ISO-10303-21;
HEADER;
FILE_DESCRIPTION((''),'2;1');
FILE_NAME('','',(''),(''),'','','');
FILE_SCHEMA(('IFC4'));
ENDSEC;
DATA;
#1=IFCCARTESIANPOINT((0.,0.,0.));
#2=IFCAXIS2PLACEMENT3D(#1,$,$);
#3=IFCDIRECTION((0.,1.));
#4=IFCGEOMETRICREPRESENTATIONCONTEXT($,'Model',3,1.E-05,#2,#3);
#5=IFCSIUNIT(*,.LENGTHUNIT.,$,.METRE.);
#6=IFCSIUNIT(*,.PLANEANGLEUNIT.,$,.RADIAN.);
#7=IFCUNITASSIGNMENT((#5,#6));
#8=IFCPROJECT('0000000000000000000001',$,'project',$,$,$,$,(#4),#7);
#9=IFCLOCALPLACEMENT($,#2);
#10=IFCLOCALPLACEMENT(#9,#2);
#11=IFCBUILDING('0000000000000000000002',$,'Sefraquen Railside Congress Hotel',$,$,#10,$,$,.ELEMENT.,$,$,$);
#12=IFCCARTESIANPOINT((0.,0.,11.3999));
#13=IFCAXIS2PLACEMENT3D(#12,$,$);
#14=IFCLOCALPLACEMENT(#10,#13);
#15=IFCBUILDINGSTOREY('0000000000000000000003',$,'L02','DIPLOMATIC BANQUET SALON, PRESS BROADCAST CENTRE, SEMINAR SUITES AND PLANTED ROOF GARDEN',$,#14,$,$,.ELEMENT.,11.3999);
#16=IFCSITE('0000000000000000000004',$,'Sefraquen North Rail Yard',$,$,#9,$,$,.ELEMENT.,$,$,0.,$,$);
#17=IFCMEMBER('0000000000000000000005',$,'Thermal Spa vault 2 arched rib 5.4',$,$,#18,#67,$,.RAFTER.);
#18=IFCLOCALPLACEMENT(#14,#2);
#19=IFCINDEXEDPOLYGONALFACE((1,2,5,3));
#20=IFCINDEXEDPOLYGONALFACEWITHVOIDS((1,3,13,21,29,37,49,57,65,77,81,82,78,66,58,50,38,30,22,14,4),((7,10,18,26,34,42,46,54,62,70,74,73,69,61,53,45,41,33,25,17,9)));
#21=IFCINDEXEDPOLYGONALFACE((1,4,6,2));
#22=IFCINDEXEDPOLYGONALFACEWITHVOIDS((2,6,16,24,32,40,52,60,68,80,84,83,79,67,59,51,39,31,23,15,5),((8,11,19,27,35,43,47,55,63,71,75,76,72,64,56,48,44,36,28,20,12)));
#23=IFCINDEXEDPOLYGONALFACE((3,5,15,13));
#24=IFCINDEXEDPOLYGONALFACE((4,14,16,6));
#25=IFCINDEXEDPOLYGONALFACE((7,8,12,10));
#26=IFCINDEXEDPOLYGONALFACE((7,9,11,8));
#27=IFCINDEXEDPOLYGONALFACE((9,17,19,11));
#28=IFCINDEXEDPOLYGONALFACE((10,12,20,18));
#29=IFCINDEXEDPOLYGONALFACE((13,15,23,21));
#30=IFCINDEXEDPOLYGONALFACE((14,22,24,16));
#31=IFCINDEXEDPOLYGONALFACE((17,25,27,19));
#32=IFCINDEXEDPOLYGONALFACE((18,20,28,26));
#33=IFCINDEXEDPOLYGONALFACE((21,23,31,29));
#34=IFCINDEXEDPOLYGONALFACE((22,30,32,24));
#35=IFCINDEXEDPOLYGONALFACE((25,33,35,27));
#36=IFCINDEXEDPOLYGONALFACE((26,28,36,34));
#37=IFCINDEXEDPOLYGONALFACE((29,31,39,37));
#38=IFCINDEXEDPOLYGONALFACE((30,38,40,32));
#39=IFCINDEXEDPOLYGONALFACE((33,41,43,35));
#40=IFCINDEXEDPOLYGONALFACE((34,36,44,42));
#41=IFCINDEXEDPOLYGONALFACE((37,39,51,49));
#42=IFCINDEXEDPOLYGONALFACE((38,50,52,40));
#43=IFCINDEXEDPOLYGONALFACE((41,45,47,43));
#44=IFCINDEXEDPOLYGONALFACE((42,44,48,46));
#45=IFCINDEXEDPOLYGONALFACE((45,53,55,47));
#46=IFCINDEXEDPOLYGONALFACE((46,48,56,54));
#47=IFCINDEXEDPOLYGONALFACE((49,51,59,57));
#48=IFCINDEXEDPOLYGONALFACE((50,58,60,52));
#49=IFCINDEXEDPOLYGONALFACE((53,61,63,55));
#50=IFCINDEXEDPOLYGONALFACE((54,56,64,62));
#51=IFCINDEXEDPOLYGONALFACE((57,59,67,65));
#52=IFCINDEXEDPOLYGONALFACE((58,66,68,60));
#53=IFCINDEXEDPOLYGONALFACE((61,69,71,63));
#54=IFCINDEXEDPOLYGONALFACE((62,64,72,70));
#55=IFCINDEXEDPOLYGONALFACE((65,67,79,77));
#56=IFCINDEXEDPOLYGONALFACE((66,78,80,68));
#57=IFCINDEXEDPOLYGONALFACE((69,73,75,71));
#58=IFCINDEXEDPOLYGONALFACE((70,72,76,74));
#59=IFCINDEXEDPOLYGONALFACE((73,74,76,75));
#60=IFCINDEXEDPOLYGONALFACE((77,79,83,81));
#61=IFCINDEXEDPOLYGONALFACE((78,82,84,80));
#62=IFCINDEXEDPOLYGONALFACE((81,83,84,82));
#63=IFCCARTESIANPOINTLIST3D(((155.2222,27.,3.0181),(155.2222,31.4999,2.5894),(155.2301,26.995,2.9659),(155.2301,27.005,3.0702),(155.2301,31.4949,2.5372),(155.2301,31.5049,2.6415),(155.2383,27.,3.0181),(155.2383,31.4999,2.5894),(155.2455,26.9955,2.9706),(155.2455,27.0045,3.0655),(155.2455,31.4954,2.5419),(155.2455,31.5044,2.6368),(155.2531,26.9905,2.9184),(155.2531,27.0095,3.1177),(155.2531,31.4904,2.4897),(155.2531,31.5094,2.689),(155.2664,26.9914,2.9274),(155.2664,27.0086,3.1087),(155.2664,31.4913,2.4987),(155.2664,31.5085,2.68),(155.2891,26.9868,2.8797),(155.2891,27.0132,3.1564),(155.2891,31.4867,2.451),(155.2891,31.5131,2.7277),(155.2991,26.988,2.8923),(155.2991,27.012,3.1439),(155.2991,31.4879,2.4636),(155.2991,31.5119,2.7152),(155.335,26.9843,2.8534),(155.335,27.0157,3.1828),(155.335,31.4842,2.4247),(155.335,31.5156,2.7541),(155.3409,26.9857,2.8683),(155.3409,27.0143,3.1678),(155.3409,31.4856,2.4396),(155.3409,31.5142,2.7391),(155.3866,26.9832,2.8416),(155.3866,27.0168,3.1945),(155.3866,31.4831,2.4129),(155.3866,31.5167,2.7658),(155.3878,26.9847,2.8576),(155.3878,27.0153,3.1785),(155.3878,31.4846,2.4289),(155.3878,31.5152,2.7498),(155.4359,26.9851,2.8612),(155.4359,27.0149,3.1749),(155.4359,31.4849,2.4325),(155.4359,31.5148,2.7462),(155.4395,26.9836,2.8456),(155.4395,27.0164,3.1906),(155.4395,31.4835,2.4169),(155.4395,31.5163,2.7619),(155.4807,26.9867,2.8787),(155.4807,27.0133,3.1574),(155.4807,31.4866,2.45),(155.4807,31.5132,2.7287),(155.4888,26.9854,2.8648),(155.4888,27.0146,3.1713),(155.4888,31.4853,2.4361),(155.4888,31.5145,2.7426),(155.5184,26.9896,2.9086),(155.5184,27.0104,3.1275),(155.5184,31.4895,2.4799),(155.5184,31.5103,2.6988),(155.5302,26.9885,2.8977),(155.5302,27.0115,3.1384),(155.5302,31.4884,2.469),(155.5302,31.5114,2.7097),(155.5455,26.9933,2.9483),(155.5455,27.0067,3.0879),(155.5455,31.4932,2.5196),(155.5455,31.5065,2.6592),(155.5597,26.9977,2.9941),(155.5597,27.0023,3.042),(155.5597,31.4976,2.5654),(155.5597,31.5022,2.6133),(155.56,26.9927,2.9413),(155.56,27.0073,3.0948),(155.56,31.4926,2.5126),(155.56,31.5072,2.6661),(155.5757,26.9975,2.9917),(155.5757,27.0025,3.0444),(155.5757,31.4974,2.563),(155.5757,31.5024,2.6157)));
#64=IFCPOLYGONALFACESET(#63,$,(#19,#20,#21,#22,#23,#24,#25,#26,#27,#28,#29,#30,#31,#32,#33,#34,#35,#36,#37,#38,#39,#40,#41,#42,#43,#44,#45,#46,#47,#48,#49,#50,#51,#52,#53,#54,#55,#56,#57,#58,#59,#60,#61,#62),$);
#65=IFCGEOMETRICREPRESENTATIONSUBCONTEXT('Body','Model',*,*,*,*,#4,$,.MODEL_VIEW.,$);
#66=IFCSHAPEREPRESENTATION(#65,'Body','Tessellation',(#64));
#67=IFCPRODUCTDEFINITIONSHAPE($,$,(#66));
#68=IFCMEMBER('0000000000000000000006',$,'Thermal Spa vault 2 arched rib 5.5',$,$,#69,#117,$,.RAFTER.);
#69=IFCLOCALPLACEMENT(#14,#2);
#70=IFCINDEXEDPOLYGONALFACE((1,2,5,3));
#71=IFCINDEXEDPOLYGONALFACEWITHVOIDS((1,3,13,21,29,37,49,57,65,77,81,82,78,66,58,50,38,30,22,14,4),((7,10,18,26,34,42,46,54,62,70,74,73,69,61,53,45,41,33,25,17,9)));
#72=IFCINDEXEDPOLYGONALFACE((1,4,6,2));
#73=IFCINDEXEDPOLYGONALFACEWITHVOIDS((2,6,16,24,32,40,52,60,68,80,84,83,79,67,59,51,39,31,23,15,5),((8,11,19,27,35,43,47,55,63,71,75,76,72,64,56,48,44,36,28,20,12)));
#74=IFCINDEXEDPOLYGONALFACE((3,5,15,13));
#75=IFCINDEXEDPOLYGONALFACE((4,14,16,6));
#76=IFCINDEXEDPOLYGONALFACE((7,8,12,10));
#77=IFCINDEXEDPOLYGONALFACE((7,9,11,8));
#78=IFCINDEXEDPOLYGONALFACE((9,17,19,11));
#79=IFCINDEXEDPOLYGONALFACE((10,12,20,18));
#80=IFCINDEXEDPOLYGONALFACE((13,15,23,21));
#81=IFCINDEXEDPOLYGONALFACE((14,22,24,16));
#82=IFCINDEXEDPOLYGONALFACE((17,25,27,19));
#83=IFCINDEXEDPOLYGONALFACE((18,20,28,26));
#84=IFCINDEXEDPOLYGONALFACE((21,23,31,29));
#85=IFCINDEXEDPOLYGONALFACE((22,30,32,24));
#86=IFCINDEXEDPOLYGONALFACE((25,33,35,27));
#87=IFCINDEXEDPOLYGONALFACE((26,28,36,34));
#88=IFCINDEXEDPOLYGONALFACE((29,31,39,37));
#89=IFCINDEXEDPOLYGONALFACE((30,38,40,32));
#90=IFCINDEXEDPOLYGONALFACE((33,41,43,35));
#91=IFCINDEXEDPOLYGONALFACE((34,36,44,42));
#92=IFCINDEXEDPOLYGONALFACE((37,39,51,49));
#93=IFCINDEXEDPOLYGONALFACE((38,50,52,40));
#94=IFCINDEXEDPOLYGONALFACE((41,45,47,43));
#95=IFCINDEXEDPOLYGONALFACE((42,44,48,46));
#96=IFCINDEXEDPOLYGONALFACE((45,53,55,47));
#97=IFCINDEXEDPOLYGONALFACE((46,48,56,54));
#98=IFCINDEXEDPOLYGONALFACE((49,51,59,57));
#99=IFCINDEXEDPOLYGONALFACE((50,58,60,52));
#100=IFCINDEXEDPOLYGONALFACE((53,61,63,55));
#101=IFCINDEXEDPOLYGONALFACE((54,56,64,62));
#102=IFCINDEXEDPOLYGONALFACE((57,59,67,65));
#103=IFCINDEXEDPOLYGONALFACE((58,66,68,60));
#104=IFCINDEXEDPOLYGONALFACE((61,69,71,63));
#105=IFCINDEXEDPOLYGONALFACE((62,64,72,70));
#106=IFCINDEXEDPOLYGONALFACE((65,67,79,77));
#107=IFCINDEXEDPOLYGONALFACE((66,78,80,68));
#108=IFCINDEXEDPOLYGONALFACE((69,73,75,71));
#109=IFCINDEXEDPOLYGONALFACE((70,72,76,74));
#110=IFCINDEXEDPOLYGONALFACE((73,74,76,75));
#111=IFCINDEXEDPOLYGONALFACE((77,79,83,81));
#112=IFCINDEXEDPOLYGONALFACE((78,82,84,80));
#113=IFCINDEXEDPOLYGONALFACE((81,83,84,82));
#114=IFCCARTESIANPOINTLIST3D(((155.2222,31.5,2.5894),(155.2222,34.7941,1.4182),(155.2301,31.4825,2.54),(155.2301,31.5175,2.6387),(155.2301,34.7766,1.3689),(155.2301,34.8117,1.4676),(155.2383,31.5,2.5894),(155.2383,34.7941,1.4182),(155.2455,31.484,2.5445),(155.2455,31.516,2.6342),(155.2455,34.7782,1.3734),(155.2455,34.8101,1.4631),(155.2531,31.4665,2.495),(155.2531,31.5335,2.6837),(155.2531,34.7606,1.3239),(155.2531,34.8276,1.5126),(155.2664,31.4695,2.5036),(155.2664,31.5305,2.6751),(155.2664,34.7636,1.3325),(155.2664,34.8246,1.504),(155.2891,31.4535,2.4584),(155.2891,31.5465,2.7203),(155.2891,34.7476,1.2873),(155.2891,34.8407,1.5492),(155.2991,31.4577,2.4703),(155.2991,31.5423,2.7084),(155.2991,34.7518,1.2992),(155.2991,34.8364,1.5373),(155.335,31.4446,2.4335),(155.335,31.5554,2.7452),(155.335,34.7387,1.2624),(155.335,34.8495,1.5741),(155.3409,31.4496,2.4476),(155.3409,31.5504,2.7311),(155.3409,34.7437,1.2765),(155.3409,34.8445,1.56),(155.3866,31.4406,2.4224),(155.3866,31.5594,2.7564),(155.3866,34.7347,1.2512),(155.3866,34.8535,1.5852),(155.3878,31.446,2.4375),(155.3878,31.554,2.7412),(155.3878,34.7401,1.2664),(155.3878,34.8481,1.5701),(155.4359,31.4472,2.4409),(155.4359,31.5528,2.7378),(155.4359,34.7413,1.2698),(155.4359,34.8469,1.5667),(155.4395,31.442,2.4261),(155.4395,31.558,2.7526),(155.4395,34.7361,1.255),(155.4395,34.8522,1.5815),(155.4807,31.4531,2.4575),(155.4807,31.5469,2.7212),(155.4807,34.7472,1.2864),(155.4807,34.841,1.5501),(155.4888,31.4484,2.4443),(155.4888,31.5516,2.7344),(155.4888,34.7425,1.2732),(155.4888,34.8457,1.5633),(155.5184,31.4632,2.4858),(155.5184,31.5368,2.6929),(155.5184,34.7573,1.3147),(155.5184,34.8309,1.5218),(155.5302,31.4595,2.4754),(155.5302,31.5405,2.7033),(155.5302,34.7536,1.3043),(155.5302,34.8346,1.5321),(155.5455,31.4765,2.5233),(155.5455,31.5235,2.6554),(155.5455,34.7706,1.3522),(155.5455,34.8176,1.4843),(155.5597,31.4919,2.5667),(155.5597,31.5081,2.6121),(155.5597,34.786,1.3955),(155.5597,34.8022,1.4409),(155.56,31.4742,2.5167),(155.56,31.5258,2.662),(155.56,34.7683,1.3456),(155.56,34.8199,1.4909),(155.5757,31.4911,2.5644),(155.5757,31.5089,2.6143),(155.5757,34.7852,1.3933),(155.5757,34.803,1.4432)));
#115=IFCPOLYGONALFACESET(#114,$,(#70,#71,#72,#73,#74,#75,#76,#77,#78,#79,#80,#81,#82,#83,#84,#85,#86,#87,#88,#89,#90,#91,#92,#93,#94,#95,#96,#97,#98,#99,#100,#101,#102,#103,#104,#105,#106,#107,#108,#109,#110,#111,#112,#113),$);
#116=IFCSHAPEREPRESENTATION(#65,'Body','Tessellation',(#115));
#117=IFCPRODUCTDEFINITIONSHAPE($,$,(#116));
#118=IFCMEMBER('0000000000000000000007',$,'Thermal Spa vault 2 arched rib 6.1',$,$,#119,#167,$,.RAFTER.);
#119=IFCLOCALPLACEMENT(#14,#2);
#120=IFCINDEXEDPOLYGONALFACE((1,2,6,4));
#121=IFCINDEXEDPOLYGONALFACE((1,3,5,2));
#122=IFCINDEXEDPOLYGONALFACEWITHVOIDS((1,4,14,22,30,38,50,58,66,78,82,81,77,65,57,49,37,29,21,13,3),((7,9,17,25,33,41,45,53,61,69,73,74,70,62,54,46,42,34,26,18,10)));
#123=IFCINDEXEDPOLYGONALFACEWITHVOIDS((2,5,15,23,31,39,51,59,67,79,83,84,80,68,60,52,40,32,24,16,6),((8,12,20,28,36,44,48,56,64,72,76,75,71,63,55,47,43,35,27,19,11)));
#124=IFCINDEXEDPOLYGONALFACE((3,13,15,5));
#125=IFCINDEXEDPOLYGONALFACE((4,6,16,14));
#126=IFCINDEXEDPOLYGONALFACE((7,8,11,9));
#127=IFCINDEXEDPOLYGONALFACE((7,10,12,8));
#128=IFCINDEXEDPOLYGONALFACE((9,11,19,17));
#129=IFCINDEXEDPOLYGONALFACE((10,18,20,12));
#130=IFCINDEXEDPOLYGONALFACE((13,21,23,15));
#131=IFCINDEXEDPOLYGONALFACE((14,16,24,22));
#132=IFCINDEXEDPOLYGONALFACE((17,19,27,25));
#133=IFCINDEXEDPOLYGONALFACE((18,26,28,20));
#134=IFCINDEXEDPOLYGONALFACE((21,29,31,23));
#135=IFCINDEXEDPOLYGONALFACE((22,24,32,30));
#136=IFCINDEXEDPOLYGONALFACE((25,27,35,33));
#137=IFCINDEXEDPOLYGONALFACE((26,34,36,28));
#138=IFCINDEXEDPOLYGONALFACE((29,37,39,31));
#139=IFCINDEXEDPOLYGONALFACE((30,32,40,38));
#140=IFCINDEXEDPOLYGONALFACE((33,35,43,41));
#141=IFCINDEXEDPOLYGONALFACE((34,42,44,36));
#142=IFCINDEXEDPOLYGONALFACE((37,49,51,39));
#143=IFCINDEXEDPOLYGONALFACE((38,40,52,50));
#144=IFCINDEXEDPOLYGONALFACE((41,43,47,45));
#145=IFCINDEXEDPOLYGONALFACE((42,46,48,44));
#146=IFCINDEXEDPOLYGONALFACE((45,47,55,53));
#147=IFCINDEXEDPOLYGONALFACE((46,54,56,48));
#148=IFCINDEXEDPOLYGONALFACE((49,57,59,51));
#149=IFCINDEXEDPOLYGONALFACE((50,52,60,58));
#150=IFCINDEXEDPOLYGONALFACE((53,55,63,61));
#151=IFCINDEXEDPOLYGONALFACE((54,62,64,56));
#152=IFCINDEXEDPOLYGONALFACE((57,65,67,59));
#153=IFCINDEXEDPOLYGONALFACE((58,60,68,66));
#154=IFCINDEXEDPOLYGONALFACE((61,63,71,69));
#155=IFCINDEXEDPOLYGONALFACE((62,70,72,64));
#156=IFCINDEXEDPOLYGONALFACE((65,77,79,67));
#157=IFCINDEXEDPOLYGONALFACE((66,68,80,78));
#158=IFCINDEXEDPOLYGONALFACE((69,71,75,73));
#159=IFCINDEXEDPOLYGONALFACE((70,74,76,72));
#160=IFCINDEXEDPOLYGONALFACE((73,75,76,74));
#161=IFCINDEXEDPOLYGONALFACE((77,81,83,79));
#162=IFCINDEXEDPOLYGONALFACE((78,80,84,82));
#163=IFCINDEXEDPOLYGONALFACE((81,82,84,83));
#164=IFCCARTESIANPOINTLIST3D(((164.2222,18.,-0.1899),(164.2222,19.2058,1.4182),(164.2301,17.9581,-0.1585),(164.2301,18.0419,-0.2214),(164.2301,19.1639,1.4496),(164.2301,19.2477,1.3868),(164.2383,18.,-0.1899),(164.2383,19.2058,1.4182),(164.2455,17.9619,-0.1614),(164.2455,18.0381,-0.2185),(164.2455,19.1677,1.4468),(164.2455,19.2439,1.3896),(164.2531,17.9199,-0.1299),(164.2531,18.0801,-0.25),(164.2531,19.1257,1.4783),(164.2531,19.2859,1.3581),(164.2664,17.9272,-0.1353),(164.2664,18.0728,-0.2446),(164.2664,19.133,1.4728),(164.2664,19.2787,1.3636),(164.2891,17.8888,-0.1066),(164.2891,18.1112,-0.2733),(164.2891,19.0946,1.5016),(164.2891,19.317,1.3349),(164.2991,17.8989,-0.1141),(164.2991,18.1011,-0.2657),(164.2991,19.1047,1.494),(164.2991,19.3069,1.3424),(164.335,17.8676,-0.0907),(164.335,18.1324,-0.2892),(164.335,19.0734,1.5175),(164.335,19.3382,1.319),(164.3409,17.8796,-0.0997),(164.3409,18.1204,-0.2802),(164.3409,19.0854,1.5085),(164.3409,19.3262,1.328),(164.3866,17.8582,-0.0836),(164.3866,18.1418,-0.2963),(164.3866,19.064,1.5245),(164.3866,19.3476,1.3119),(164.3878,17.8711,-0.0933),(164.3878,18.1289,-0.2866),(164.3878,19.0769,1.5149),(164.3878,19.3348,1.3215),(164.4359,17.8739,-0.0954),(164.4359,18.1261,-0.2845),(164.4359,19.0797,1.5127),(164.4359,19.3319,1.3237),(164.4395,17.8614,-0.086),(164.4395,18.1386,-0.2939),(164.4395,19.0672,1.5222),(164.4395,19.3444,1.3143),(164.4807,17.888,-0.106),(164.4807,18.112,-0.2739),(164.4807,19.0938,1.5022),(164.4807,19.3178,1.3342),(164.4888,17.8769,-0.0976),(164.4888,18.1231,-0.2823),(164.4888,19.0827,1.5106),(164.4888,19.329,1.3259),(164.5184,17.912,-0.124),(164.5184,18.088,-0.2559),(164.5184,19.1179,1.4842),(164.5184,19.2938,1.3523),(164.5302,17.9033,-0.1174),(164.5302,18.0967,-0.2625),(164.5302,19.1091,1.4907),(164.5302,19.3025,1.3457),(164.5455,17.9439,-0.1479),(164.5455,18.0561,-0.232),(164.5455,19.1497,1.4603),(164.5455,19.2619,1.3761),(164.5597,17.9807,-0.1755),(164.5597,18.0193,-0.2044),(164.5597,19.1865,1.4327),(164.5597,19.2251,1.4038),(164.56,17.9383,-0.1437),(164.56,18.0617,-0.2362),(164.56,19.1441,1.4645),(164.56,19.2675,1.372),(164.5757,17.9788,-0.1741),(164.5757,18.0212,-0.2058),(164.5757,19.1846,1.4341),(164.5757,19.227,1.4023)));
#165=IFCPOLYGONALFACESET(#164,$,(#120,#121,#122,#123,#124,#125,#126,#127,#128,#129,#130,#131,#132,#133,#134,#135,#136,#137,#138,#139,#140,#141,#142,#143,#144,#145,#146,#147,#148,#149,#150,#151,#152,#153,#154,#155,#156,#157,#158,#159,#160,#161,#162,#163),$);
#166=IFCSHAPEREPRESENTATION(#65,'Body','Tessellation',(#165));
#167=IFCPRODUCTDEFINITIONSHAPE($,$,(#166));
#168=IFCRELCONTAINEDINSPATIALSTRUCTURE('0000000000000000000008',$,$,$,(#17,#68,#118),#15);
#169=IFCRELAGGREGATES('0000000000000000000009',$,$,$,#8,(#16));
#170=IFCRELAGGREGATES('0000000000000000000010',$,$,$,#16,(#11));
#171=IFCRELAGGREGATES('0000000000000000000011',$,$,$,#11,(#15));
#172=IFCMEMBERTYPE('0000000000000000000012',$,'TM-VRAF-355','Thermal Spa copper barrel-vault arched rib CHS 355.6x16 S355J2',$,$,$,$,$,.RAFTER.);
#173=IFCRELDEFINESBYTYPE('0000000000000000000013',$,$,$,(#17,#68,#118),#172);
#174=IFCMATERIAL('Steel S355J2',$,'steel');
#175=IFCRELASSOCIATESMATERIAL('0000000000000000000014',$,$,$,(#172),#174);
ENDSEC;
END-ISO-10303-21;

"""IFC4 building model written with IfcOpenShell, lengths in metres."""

from ifc_helpers import new_model, si_unit, direction, frame, origin, origin_2d, place, context, subcontext, project, spatial, hollow_circle, extrude, material, material_profile, profile_set, type_object, element, save


model = new_model("IFC4")

# Units and contexts
model_context = context("Model", 3, precision=1e-05, world=origin(), true_north=direction((0.0, 1.0)))
body_context = subcontext(model_context, "Body", "Model", "MODEL_VIEW")
ifc_project = project(units=[si_unit("LENGTHUNIT", "METRE"), si_unit("PLANEANGLEUNIT", "RADIAN")], contexts=[model_context])

# Site, building, storey
site_placement = place(None, origin())
site = spatial("IfcSite", under=ifc_project, at=site_placement, Name="Sefraquen North Rail Yard", CompositionType="ELEMENT", RefElevation=0.0)
building_placement = place(site_placement, origin())
building = spatial("IfcBuilding", under=site, at=building_placement, Name="Sefraquen Railside Congress Hotel", CompositionType="ELEMENT")
storey_placement = place(building_placement, frame((0.0, 0.0, 11.3999)))
storey = spatial("IfcBuildingStorey", under=building, at=storey_placement, Name="L02", Description="DIPLOMATIC BANQUET SALON, PRESS BROADCAST CENTRE, SEMINAR SUITES AND PLANTED ROOF GARDEN", CompositionType="ELEMENT", Elevation=11.3999)

# Members
ifc_material_1 = material(Name="Steel S355J2", Category="steel")
ifc_material_profile_1 = material_profile(ifc_material_1, hollow_circle(Radius=0.1777, WallThickness=0.0161, at=origin_2d()), Name="CHS 355.6x16")
ifc_profile_set_1 = profile_set([ifc_material_profile_1], Name="Steel S355J2")
member_type = type_object("IfcMemberType", Name="TM-VRAF-355", Description="Thermal Spa copper barrel-vault arched rib CHS 355.6x16 S355J2", PredefinedType="RAFTER", material=ifc_profile_set_1)
for number, where, z_axis, x_axis, name in (
    (1, (155.3999, 27.0, 3.0181), (0.0, 0.995493, -0.09484), (-1.0, 0.0, 0.0), "Thermal Spa vault 2 arched rib 5.4"),
):
    element("IfcMember", number, at=place(storey_placement, frame(where, z_axis=z_axis, x_axis=x_axis)), inside=storey, type_object=member_type, Name=name, PredefinedType="RAFTER", context=body_context, shape_type="SweptSolid", body=[
        extrude(hollow_circle(Radius=0.1777, WallThickness=0.0161, at=origin_2d()), origin(), (0.0, 0.0, 1.0), 4.5203),
    ])
member_1_placement = place(storey_placement, frame((155.3999, 31.5, 2.5894), z_axis=(0.0, 0.942226, -0.334978), x_axis=(-1.0, 0.0, 0.0)))
element("IfcMember", 2, at=member_1_placement, inside=storey, type_object=member_type, Name="Thermal Spa vault 2 arched rib 5.5", PredefinedType="RAFTER", context=body_context, shape_type="SweptSolid", body=[
    extrude(hollow_circle(Radius=0.1777, WallThickness=0.0161, at=origin_2d()), origin(), (0.0, 0.0, 1.0), 3.4961),
])
member_2_placement = place(storey_placement, frame((164.3999, 18.0, -0.1899), z_axis=(0.0, 0.599903, 0.800073), x_axis=(-1.0, 0.0, 0.0)))
element("IfcMember", 3, at=member_2_placement, inside=storey, type_object=member_type, Name="Thermal Spa vault 2 arched rib 6.1", PredefinedType="RAFTER", context=body_context, shape_type="SweptSolid", body=[
    extrude(hollow_circle(Radius=0.1777, WallThickness=0.0161, at=origin_2d()), origin(), (0.0, 0.0, 1.0), 2.01),
])

save(model, "model.ifc")
